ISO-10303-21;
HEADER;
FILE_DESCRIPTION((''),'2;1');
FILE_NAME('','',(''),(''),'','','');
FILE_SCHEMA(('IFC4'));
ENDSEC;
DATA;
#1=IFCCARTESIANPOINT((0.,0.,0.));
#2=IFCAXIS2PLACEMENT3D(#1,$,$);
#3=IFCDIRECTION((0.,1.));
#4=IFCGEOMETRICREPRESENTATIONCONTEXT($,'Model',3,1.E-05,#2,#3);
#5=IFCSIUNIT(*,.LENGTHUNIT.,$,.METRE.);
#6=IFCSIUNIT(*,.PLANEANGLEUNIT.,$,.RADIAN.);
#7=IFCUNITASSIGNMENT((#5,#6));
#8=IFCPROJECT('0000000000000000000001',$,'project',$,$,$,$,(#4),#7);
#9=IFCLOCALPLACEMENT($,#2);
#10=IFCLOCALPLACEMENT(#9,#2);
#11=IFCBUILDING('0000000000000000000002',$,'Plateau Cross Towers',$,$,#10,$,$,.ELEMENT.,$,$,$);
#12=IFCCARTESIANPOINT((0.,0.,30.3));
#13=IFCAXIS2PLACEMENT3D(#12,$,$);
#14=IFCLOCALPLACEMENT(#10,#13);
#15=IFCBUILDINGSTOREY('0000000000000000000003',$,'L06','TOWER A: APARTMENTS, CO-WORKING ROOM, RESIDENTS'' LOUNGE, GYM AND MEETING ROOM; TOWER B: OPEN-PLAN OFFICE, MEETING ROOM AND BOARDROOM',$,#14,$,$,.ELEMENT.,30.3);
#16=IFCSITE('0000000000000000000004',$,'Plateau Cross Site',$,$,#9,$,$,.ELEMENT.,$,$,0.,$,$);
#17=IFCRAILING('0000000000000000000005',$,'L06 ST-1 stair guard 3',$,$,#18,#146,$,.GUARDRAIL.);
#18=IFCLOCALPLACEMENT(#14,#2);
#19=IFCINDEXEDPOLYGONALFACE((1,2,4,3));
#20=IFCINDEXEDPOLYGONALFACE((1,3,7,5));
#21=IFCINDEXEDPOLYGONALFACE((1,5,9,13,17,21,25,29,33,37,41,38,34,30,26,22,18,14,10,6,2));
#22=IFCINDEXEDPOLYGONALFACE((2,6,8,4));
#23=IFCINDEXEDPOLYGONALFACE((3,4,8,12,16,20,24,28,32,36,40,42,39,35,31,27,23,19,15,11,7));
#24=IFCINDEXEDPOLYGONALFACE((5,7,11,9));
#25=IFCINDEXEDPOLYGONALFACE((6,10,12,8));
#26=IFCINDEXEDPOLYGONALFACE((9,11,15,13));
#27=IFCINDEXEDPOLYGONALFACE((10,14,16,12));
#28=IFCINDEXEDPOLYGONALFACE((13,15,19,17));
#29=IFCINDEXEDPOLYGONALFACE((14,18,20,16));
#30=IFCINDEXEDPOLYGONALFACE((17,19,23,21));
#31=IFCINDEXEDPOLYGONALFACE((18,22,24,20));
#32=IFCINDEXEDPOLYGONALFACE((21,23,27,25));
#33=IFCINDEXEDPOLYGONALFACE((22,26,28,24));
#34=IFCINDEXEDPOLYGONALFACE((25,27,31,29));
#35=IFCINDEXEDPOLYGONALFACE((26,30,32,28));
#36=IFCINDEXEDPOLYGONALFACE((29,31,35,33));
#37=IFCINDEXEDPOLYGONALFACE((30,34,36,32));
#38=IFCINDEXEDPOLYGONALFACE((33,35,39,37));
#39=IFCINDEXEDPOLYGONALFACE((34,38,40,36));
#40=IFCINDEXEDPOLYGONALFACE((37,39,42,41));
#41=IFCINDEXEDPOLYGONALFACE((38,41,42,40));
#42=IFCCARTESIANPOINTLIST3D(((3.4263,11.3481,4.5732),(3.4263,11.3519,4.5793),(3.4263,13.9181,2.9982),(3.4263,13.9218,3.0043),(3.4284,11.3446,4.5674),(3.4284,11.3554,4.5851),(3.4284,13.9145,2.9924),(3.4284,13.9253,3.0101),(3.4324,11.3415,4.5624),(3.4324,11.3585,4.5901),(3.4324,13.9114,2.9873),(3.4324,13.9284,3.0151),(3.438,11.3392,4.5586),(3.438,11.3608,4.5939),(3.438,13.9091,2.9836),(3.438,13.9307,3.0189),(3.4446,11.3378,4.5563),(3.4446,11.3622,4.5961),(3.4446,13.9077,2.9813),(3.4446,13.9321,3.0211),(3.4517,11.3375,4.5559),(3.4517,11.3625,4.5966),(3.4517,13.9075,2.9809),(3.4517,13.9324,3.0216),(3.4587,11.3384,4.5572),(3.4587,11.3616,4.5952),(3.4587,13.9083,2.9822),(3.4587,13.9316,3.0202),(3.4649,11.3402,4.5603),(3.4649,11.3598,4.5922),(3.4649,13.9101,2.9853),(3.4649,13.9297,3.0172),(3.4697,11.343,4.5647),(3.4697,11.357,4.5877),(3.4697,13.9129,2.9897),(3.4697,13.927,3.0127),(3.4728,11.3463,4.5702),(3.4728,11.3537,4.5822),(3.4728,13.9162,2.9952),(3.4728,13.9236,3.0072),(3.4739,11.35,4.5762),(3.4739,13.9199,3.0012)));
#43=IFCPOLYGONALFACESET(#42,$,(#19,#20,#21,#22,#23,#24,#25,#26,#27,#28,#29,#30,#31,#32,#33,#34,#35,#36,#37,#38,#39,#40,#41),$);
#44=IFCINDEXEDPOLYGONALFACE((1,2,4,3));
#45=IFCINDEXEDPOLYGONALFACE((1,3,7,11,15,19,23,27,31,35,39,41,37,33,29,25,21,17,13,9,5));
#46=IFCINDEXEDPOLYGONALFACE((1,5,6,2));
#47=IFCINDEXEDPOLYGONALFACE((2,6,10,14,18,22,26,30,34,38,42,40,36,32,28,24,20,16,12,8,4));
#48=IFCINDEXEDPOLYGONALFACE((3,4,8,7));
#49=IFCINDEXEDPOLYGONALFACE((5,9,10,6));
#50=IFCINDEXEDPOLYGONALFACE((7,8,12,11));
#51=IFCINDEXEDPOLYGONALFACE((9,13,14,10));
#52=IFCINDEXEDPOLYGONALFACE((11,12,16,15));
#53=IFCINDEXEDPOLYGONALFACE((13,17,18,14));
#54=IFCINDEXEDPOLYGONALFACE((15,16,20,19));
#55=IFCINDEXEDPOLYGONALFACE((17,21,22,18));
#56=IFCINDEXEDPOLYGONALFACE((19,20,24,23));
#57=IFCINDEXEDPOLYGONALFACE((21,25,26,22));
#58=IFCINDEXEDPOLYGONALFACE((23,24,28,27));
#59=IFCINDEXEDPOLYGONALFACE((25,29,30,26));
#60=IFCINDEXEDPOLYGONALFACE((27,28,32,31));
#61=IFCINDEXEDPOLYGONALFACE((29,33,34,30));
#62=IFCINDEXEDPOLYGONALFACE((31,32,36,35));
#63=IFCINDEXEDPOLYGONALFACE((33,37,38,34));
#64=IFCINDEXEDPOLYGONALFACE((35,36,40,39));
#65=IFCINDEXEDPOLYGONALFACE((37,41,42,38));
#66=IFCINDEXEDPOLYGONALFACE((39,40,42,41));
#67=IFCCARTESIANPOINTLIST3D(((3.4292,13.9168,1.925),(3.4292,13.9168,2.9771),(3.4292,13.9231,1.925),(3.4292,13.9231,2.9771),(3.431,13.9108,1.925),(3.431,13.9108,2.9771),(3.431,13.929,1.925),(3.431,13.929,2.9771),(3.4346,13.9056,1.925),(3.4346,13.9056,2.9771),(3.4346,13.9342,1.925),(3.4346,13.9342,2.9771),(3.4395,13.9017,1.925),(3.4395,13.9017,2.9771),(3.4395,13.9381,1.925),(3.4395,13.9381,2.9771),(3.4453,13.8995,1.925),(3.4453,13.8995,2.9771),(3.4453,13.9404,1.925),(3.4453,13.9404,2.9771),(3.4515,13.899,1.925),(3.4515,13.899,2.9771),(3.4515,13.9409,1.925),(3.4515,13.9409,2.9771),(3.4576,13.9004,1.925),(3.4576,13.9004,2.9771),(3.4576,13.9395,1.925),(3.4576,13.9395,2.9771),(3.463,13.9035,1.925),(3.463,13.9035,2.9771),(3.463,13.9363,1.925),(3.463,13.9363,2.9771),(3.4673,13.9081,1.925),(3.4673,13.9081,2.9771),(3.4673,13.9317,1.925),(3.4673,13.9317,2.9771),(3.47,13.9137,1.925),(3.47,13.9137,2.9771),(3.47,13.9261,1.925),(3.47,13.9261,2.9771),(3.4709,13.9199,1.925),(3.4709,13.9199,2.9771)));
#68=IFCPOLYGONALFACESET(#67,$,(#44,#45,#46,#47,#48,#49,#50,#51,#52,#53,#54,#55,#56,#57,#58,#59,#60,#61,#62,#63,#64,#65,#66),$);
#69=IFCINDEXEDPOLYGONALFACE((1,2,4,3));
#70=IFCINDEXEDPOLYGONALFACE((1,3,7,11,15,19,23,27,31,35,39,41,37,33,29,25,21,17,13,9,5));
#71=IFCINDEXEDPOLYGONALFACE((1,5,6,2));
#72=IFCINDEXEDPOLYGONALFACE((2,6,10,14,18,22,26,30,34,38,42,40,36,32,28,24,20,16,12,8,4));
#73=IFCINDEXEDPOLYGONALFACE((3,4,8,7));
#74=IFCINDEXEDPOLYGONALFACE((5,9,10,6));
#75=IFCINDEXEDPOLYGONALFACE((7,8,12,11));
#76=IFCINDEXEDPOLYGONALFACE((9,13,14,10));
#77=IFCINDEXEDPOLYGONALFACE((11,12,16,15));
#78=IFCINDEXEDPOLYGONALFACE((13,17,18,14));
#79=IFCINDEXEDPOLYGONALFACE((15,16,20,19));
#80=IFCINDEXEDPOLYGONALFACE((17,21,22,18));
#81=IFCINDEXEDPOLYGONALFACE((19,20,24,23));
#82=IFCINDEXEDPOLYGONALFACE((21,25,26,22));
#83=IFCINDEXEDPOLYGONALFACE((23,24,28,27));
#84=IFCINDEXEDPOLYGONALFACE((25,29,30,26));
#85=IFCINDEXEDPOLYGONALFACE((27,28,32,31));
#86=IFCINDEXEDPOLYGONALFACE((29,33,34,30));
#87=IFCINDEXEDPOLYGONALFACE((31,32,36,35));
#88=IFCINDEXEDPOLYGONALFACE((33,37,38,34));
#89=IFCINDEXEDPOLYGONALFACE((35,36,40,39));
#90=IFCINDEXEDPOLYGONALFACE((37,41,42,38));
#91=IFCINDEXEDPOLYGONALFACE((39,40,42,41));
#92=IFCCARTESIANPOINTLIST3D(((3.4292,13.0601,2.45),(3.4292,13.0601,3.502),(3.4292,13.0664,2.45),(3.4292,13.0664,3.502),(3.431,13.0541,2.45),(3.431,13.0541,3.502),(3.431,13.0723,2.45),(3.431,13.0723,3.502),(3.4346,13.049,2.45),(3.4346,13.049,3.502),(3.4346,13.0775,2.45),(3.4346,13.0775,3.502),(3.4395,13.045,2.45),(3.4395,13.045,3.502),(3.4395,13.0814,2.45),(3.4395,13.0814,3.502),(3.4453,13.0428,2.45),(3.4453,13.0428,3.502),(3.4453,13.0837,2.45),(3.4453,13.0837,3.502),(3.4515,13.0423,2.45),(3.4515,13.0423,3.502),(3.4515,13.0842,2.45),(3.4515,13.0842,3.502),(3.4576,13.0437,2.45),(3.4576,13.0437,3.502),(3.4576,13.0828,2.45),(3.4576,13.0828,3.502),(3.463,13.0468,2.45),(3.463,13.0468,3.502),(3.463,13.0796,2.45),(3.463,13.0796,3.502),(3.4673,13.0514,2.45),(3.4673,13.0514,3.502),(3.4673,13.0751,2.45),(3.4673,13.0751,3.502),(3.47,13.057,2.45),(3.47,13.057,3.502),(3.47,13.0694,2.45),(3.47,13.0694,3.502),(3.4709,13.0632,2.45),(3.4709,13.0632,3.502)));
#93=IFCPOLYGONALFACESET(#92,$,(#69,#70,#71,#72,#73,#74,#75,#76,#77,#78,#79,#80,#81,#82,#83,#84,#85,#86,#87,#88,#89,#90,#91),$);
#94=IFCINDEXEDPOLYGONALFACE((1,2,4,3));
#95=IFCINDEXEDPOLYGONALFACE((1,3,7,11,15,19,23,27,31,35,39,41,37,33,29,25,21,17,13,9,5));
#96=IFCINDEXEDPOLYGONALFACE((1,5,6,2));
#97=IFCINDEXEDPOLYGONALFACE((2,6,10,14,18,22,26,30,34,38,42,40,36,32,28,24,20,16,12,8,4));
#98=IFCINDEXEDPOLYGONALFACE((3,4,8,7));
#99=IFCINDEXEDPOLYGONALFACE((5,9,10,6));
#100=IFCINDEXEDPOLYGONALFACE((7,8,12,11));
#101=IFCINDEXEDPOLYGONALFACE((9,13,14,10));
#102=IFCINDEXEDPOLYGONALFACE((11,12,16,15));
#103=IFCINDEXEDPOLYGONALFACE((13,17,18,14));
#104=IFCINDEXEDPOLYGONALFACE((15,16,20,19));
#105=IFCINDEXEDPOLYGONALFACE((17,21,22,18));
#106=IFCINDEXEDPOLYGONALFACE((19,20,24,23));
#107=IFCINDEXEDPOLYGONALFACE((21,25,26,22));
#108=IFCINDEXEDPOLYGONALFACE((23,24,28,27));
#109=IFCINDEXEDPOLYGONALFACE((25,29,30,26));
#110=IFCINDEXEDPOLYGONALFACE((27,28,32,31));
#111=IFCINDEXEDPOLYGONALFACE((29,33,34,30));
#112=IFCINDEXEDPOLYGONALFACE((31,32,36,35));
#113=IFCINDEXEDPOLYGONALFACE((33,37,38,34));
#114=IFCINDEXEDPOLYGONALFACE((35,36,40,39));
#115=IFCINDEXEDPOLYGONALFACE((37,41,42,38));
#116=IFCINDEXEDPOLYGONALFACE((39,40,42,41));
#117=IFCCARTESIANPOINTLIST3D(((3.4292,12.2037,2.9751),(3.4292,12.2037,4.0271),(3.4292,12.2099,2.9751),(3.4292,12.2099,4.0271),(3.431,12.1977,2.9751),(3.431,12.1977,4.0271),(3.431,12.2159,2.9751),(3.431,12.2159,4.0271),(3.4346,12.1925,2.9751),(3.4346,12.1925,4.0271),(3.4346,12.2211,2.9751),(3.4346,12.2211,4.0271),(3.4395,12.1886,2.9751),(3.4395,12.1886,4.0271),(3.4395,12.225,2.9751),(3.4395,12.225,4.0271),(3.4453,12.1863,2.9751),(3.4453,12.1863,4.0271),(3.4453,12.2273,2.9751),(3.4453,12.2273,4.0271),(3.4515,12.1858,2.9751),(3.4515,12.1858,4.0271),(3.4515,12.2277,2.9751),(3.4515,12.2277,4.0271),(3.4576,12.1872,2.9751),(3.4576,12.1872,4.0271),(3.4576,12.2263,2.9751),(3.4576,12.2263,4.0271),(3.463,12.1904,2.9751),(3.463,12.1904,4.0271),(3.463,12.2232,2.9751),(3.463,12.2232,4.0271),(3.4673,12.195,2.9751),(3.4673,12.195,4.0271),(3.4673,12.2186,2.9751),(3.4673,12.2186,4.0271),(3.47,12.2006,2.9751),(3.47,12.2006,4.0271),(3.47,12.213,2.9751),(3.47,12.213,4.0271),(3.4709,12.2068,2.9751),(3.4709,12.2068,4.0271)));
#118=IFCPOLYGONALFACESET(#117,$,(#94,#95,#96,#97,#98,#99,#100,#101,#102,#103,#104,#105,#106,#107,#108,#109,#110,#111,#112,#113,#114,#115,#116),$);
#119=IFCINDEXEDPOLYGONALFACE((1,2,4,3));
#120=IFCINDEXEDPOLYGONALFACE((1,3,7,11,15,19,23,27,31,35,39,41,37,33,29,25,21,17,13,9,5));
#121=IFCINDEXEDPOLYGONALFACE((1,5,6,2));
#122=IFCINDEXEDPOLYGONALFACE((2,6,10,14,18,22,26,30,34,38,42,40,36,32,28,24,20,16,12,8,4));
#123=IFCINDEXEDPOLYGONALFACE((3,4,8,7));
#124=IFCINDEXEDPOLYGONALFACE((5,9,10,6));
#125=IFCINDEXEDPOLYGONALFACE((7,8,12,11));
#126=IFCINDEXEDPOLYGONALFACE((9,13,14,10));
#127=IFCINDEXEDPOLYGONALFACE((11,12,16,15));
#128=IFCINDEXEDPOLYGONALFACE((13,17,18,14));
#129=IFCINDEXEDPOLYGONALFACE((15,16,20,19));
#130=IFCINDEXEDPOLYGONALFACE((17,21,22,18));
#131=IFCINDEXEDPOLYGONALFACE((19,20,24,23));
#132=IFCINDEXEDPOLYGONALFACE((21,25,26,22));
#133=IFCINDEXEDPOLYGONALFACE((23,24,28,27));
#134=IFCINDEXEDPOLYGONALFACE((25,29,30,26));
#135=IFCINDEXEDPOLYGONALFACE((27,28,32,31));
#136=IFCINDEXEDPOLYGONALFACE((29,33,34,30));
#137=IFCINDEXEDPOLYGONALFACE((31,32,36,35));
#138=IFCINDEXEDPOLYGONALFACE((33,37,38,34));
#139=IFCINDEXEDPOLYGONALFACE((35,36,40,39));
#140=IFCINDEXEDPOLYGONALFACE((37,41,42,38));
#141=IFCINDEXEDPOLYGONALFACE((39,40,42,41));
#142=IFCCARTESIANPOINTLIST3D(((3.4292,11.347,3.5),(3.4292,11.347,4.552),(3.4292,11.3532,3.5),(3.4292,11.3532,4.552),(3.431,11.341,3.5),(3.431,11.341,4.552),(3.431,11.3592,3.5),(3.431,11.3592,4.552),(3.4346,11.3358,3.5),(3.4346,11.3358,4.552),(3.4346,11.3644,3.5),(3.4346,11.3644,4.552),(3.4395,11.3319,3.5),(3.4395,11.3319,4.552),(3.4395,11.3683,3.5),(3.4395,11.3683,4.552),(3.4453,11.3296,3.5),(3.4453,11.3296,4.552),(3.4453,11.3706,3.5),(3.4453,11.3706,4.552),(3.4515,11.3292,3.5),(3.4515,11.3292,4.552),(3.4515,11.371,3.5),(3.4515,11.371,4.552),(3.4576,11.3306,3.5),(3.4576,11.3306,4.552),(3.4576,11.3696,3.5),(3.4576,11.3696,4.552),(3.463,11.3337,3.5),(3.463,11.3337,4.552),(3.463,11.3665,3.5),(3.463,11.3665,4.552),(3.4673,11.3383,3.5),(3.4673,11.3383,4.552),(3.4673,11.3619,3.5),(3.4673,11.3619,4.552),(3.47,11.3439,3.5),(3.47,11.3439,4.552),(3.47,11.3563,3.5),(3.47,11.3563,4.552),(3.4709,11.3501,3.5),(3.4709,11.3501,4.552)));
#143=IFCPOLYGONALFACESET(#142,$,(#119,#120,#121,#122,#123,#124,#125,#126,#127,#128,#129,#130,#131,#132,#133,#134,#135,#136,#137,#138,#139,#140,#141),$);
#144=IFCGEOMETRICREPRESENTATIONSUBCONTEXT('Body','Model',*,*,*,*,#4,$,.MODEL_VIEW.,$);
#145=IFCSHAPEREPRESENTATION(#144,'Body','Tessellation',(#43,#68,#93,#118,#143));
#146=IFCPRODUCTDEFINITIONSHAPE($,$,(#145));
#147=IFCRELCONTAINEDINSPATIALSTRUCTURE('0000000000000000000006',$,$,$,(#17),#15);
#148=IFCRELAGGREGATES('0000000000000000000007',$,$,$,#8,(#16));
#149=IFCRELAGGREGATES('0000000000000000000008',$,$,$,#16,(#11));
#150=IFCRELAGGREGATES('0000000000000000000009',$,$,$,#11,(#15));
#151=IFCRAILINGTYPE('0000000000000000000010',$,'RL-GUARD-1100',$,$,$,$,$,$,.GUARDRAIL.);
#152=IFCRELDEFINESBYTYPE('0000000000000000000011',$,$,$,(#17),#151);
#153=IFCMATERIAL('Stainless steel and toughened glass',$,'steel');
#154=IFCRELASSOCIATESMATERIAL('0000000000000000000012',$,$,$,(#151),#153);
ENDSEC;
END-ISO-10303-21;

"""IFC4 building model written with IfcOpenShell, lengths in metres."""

from ifc_helpers import new_model, si_unit, direction, frame, origin, origin_2d, place, context, subcontext, project, spatial, circle, extrude, material, type_object, element, save


model = new_model("IFC4")

# Units and contexts
model_context = context("Model", 3, precision=1e-05, world=origin(), true_north=direction((0.0, 1.0)))
body_context = subcontext(model_context, "Body", "Model", "MODEL_VIEW")
ifc_project = project(units=[si_unit("LENGTHUNIT", "METRE"), si_unit("PLANEANGLEUNIT", "RADIAN")], contexts=[model_context])

# Site, building, storey
site_placement = place(None, origin())
site = spatial("IfcSite", under=ifc_project, at=site_placement, Name="Plateau Cross Site", CompositionType="ELEMENT", RefElevation=0.0)
building_placement = place(site_placement, origin())
building = spatial("IfcBuilding", under=site, at=building_placement, Name="Plateau Cross Towers", CompositionType="ELEMENT")
storey_placement = place(building_placement, frame((0.0, 0.0, 30.3)))
storey = spatial("IfcBuildingStorey", under=building, at=storey_placement, Name="L06", Description="TOWER A: APARTMENTS, CO-WORKING ROOM, RESIDENTS' LOUNGE, GYM AND MEETING ROOM; TOWER B: OPEN-PLAN OFFICE, MEETING ROOM AND BOARDROOM", CompositionType="ELEMENT", Elevation=30.3)

# Railing
ifc_material_1 = material(Name="Stainless steel and toughened glass", Category="steel")
railing_type_1 = type_object("IfcRailingType", Name="RL-GUARD-1100", PredefinedType="GUARDRAIL", material=ifc_material_1)
railing_1_placement = place(storey_placement, frame((3.45, 13.9199, 1.925)))
element("IfcRailing", 1, at=railing_1_placement, inside=storey, type_object=railing_type_1, Name="L06 ST-1 stair guard 3", PredefinedType="GUARDRAIL", context=body_context, shape_type="SweptSolid", body=[
    extrude(circle(Radius=0.0239, at=origin_2d()), frame((0.0, 0.0, 1.0762), z_axis=(0.0, -0.852616, 0.522537), x_axis=(1.0, 0.0, 0.0)), (0.0, 0.0, 1.0), 3.0142),
    extrude(circle(Radius=0.021, at=origin_2d()), origin(), (0.0, 0.0, 1.0), 1.052),
    extrude(circle(Radius=0.021, at=origin_2d()), frame((0.0, -0.8567, 0.5249)), (0.0, 0.0, 1.0), 1.052),
    extrude(circle(Radius=0.021, at=origin_2d()), frame((0.0, -1.7131, 1.05)), (0.0, 0.0, 1.0), 1.052),
    extrude(circle(Radius=0.021, at=origin_2d()), frame((0.0, -2.5698, 1.575)), (0.0, 0.0, 1.0), 1.052),
])

save(model, "model.ifc")
